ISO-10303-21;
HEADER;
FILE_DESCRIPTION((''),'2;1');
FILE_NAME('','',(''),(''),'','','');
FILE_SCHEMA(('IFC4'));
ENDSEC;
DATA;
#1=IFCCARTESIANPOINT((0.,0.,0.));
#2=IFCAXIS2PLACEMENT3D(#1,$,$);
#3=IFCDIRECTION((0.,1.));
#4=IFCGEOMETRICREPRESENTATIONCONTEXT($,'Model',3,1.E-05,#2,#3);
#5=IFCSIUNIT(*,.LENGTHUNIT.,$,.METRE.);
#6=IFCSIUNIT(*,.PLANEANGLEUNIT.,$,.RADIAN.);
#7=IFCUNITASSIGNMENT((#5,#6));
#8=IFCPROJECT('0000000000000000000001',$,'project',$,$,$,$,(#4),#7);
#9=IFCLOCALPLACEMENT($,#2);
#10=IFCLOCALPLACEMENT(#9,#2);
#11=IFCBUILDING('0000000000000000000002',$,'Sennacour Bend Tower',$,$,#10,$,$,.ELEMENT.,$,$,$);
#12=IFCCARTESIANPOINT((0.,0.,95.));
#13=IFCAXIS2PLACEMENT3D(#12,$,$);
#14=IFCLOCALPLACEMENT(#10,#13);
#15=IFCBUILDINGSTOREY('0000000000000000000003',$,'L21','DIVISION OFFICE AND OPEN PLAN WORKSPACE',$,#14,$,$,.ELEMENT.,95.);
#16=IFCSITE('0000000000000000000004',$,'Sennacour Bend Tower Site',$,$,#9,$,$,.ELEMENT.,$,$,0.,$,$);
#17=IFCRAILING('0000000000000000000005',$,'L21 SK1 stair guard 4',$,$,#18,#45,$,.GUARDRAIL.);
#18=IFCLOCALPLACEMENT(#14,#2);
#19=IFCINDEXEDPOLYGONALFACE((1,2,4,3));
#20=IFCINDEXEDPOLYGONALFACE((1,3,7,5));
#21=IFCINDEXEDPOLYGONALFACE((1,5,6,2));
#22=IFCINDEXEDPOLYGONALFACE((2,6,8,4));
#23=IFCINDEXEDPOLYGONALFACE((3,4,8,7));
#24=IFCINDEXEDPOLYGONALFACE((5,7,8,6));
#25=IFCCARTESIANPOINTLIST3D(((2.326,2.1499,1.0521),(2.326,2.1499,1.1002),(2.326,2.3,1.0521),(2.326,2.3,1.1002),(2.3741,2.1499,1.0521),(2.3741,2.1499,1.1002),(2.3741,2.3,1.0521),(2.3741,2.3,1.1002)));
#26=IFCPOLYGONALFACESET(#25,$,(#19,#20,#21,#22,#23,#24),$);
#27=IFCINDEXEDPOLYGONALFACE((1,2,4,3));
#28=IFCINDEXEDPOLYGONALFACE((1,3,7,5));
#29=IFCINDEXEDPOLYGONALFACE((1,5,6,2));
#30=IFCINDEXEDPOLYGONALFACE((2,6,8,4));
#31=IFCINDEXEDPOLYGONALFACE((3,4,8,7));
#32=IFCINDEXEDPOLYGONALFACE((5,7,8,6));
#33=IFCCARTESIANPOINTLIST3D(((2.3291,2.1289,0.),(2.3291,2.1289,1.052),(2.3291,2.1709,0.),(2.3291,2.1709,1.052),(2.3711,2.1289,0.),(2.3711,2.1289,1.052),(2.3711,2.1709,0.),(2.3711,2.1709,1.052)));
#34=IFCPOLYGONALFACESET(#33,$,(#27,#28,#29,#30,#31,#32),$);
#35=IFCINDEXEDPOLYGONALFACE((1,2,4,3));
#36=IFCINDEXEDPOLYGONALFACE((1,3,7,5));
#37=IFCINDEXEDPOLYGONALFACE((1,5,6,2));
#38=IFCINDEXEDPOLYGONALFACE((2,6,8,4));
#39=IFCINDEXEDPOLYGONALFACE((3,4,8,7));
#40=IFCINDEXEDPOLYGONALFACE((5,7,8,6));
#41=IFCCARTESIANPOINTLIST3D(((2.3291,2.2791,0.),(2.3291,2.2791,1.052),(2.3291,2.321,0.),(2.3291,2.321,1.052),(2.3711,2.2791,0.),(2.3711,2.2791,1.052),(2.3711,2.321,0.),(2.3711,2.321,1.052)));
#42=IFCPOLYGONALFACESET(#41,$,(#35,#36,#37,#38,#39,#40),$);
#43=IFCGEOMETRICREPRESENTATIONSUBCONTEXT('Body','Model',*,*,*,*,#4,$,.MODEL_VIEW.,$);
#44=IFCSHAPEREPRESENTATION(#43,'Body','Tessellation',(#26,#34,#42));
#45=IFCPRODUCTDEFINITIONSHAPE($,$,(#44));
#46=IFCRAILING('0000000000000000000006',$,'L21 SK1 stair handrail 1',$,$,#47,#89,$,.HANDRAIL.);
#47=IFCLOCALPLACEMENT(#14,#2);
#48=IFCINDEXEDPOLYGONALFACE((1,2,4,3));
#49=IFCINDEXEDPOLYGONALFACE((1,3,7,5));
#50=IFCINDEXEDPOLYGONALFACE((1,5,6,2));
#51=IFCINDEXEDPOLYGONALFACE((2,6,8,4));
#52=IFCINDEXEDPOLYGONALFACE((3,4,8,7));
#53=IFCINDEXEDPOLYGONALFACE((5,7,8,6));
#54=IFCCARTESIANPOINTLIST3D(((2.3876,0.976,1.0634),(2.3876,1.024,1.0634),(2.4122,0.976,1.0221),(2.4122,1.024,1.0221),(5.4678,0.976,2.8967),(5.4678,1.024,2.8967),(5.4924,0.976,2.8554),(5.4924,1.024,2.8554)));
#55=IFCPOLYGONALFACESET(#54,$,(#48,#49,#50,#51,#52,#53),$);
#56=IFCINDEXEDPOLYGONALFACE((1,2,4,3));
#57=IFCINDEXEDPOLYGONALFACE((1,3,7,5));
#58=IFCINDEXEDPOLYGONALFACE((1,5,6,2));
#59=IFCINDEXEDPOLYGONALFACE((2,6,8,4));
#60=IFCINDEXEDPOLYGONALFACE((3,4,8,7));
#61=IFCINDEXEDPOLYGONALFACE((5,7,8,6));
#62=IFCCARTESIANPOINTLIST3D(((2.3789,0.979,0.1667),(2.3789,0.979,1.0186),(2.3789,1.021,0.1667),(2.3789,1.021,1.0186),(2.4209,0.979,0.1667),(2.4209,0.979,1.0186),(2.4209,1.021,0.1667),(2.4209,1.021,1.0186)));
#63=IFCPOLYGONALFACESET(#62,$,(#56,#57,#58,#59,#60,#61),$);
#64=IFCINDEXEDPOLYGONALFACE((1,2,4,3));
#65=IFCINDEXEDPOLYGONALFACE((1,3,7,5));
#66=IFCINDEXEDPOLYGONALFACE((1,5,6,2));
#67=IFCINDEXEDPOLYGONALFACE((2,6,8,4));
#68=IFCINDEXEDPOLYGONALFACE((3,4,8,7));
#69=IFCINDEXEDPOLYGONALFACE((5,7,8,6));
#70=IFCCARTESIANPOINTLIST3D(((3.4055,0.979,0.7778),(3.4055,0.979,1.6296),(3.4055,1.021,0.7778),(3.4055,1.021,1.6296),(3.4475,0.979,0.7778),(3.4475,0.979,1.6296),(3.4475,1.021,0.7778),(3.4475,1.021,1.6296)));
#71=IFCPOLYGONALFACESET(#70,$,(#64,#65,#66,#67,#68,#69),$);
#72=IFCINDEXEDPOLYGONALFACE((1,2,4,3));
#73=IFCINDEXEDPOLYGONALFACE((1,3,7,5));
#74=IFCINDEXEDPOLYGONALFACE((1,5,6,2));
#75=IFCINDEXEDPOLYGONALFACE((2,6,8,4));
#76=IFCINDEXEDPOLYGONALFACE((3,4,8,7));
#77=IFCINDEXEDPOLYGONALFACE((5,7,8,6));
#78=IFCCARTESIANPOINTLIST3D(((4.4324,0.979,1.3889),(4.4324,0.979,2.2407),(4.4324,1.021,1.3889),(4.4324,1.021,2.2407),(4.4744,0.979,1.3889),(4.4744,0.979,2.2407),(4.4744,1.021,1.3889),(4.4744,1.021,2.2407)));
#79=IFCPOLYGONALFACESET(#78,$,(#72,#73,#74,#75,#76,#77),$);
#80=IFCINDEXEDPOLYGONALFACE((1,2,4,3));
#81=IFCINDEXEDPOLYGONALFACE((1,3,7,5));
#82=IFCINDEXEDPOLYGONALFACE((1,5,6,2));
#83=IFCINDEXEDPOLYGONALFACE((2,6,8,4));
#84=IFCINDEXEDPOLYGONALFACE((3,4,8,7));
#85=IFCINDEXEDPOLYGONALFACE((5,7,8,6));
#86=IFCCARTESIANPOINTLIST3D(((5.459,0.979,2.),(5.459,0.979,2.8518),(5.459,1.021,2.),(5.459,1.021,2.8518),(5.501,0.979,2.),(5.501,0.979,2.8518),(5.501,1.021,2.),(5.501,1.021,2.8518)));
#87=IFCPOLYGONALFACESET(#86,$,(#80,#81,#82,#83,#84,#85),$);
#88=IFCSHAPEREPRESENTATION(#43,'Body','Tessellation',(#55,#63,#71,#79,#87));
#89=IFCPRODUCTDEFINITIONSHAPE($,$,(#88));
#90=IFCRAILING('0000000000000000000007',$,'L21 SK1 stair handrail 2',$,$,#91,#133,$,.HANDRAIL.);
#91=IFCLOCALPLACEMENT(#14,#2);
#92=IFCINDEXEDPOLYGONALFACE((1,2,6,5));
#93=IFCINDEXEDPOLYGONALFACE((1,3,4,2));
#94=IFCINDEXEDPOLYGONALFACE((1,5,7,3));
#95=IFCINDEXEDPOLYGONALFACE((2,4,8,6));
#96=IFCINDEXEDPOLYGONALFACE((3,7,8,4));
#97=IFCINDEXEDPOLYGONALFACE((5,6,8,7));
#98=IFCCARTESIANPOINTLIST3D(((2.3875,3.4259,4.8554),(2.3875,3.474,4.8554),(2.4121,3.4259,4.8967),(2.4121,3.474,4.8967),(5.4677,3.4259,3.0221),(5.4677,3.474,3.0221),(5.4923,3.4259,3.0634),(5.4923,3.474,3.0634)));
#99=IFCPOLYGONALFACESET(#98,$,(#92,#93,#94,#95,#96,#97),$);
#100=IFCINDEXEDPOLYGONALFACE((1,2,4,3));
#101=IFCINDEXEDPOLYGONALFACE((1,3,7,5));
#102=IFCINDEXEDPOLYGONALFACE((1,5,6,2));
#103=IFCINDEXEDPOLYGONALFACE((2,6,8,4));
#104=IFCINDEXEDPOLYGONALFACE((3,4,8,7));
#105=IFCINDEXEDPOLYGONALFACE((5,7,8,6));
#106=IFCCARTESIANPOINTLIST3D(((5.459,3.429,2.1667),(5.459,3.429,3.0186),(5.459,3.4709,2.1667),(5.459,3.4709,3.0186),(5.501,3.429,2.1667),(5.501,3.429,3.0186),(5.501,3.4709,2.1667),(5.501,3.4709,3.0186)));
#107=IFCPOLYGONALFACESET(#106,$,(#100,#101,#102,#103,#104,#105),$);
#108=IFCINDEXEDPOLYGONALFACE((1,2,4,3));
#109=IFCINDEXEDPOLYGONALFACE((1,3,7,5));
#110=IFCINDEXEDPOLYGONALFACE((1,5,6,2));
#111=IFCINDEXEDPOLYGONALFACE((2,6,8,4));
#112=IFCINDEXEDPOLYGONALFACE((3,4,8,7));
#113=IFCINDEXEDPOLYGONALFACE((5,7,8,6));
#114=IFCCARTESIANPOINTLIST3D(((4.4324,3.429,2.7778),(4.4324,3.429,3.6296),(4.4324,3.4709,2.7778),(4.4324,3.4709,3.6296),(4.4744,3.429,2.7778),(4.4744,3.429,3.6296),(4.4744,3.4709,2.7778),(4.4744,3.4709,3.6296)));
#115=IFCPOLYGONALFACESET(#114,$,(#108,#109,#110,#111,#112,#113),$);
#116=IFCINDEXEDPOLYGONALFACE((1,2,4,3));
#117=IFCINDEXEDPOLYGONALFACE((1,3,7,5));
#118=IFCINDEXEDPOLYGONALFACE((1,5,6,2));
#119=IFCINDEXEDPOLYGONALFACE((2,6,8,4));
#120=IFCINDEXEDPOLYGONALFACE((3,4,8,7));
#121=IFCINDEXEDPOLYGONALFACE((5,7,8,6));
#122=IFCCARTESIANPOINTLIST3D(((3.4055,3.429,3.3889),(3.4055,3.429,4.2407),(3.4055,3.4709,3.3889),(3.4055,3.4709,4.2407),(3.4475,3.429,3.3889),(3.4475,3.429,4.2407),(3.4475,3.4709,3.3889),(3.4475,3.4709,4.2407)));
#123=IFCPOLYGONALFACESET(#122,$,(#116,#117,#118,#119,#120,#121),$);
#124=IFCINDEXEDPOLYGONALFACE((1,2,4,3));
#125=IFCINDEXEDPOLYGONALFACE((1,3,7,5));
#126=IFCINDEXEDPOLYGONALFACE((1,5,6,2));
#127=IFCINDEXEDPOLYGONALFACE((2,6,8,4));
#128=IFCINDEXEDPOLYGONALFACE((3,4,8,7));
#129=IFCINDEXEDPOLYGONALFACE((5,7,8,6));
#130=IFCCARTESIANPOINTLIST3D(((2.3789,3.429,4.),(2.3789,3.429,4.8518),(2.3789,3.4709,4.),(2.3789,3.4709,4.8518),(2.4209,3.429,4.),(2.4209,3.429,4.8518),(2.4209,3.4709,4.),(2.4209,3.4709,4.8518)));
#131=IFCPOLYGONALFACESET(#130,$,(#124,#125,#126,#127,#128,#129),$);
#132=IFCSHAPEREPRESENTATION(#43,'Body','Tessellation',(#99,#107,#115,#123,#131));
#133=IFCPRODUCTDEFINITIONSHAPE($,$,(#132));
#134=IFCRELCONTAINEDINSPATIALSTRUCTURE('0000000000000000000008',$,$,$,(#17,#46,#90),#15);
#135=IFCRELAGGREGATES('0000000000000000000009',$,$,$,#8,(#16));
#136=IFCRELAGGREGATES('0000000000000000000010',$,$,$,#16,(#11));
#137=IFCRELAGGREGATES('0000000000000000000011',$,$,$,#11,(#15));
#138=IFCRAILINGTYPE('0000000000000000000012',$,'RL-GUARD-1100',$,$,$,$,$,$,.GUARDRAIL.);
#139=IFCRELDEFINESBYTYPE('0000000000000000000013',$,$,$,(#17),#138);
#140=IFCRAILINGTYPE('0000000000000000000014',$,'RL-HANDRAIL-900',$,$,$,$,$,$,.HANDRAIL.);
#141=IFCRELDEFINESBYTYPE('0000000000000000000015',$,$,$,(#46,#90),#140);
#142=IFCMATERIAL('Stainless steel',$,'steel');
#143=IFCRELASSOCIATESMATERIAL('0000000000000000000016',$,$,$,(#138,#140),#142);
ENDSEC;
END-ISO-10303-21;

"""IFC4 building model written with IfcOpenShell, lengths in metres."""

from ifc_helpers import new_model, si_unit, direction, frame, origin, origin_2d, place, context, subcontext, project, spatial, rectangle, extrude, material, type_object, element, save


model = new_model("IFC4")

# Units and contexts
model_context = context("Model", 3, precision=1e-05, world=origin(), true_north=direction((0.0, 1.0)))
body_context = subcontext(model_context, "Body", "Model", "MODEL_VIEW")
ifc_project = project(units=[si_unit("LENGTHUNIT", "METRE"), si_unit("PLANEANGLEUNIT", "RADIAN")], contexts=[model_context])

# Site, building, storey
site_placement = place(None, origin())
site = spatial("IfcSite", under=ifc_project, at=site_placement, Name="Sennacour Bend Tower Site", CompositionType="ELEMENT", RefElevation=0.0)
building_placement = place(site_placement, origin())
building = spatial("IfcBuilding", under=site, at=building_placement, Name="Sennacour Bend Tower", CompositionType="ELEMENT")
storey_placement = place(building_placement, frame((0.0, 0.0, 95.0)))
storey = spatial("IfcBuildingStorey", under=building, at=storey_placement, Name="L21", Description="DIVISION OFFICE AND OPEN PLAN WORKSPACE", CompositionType="ELEMENT", Elevation=95.0)

# Railings
ifc_material_1 = material(Name="Stainless steel", Category="steel")
railing_type_1 = type_object("IfcRailingType", Name="RL-GUARD-1100", PredefinedType="GUARDRAIL", material=ifc_material_1)
railing_1_placement = place(storey_placement, frame((2.3501, 2.1499, 0.0)))
element("IfcRailing", 1, at=railing_1_placement, inside=storey, type_object=railing_type_1, Name="L21 SK1 stair guard 4", PredefinedType="GUARDRAIL", context=body_context, shape_type="SweptSolid", body=[
    extrude(rectangle(XDim=0.0481, YDim=0.0481, at=origin_2d()), frame((0.0, 0.0, 1.0762), z_axis=(0.0, 1.0, 0.0), x_axis=(-1.0, 0.0, 0.0)), (0.0, 0.0, 1.0), 0.1501),
    extrude(rectangle(XDim=0.042, YDim=0.042, at=origin_2d()), origin(), (0.0, 0.0, 1.0), 1.052),
    extrude(rectangle(XDim=0.042, YDim=0.042, at=origin_2d()), frame((0.0, 0.1501, 0.0)), (0.0, 0.0, 1.0), 1.052),
])
railing_type_2 = type_object("IfcRailingType", Name="RL-HANDRAIL-900", PredefinedType="HANDRAIL", material=ifc_material_1)
railing_2_placement = place(storey_placement, frame((2.3999, 1.0, 0.1667)))
element("IfcRailing", 2, at=railing_2_placement, inside=storey, type_object=railing_type_2, Name="L21 SK1 stair handrail 1", PredefinedType="HANDRAIL", context=body_context, shape_type="SweptSolid", body=[
    extrude(rectangle(XDim=0.0481, YDim=0.0481, at=origin_2d()), frame((0.0, 0.0, 0.876), z_axis=(0.859309, 0.0, 0.511458), x_axis=(0.0, 1.0, 0.0)), (0.0, 0.0, 1.0), 3.5845),
    extrude(rectangle(XDim=0.042, YDim=0.042, at=origin_2d()), origin(), (0.0, 0.0, 1.0), 0.8518),
    extrude(rectangle(XDim=0.042, YDim=0.042, at=origin_2d()), frame((1.0266, 0.0, 0.6111)), (0.0, 0.0, 1.0), 0.8518),
    extrude(rectangle(XDim=0.042, YDim=0.042, at=origin_2d()), frame((2.0535, 0.0, 1.2222)), (0.0, 0.0, 1.0), 0.8518),
    extrude(rectangle(XDim=0.042, YDim=0.042, at=origin_2d()), frame((3.0801, 0.0, 1.8333)), (0.0, 0.0, 1.0), 0.8518),
])
railing_3_placement = place(storey_placement, frame((5.48, 3.45, 2.1667)))
element("IfcRailing", 3, at=railing_3_placement, inside=storey, type_object=railing_type_2, Name="L21 SK1 stair handrail 2", PredefinedType="HANDRAIL", context=body_context, shape_type="SweptSolid", body=[
    extrude(rectangle(XDim=0.0481, YDim=0.0481, at=origin_2d()), frame((0.0, 0.0, 0.876), z_axis=(-0.859309, 0.0, 0.511458), x_axis=(0.0, -1.0, 0.0)), (0.0, 0.0, 1.0), 3.5845),
    extrude(rectangle(XDim=0.042, YDim=0.042, at=origin_2d()), origin(), (0.0, 0.0, 1.0), 0.8518),
    extrude(rectangle(XDim=0.042, YDim=0.042, at=origin_2d()), frame((-1.0266, 0.0, 0.6111)), (0.0, 0.0, 1.0), 0.8518),
    extrude(rectangle(XDim=0.042, YDim=0.042, at=origin_2d()), frame((-2.0535, 0.0, 1.2222)), (0.0, 0.0, 1.0), 0.8518),
    extrude(rectangle(XDim=0.042, YDim=0.042, at=origin_2d()), frame((-3.0801, 0.0, 1.8333)), (0.0, 0.0, 1.0), 0.8518),
])

save(model, "model.ifc")
